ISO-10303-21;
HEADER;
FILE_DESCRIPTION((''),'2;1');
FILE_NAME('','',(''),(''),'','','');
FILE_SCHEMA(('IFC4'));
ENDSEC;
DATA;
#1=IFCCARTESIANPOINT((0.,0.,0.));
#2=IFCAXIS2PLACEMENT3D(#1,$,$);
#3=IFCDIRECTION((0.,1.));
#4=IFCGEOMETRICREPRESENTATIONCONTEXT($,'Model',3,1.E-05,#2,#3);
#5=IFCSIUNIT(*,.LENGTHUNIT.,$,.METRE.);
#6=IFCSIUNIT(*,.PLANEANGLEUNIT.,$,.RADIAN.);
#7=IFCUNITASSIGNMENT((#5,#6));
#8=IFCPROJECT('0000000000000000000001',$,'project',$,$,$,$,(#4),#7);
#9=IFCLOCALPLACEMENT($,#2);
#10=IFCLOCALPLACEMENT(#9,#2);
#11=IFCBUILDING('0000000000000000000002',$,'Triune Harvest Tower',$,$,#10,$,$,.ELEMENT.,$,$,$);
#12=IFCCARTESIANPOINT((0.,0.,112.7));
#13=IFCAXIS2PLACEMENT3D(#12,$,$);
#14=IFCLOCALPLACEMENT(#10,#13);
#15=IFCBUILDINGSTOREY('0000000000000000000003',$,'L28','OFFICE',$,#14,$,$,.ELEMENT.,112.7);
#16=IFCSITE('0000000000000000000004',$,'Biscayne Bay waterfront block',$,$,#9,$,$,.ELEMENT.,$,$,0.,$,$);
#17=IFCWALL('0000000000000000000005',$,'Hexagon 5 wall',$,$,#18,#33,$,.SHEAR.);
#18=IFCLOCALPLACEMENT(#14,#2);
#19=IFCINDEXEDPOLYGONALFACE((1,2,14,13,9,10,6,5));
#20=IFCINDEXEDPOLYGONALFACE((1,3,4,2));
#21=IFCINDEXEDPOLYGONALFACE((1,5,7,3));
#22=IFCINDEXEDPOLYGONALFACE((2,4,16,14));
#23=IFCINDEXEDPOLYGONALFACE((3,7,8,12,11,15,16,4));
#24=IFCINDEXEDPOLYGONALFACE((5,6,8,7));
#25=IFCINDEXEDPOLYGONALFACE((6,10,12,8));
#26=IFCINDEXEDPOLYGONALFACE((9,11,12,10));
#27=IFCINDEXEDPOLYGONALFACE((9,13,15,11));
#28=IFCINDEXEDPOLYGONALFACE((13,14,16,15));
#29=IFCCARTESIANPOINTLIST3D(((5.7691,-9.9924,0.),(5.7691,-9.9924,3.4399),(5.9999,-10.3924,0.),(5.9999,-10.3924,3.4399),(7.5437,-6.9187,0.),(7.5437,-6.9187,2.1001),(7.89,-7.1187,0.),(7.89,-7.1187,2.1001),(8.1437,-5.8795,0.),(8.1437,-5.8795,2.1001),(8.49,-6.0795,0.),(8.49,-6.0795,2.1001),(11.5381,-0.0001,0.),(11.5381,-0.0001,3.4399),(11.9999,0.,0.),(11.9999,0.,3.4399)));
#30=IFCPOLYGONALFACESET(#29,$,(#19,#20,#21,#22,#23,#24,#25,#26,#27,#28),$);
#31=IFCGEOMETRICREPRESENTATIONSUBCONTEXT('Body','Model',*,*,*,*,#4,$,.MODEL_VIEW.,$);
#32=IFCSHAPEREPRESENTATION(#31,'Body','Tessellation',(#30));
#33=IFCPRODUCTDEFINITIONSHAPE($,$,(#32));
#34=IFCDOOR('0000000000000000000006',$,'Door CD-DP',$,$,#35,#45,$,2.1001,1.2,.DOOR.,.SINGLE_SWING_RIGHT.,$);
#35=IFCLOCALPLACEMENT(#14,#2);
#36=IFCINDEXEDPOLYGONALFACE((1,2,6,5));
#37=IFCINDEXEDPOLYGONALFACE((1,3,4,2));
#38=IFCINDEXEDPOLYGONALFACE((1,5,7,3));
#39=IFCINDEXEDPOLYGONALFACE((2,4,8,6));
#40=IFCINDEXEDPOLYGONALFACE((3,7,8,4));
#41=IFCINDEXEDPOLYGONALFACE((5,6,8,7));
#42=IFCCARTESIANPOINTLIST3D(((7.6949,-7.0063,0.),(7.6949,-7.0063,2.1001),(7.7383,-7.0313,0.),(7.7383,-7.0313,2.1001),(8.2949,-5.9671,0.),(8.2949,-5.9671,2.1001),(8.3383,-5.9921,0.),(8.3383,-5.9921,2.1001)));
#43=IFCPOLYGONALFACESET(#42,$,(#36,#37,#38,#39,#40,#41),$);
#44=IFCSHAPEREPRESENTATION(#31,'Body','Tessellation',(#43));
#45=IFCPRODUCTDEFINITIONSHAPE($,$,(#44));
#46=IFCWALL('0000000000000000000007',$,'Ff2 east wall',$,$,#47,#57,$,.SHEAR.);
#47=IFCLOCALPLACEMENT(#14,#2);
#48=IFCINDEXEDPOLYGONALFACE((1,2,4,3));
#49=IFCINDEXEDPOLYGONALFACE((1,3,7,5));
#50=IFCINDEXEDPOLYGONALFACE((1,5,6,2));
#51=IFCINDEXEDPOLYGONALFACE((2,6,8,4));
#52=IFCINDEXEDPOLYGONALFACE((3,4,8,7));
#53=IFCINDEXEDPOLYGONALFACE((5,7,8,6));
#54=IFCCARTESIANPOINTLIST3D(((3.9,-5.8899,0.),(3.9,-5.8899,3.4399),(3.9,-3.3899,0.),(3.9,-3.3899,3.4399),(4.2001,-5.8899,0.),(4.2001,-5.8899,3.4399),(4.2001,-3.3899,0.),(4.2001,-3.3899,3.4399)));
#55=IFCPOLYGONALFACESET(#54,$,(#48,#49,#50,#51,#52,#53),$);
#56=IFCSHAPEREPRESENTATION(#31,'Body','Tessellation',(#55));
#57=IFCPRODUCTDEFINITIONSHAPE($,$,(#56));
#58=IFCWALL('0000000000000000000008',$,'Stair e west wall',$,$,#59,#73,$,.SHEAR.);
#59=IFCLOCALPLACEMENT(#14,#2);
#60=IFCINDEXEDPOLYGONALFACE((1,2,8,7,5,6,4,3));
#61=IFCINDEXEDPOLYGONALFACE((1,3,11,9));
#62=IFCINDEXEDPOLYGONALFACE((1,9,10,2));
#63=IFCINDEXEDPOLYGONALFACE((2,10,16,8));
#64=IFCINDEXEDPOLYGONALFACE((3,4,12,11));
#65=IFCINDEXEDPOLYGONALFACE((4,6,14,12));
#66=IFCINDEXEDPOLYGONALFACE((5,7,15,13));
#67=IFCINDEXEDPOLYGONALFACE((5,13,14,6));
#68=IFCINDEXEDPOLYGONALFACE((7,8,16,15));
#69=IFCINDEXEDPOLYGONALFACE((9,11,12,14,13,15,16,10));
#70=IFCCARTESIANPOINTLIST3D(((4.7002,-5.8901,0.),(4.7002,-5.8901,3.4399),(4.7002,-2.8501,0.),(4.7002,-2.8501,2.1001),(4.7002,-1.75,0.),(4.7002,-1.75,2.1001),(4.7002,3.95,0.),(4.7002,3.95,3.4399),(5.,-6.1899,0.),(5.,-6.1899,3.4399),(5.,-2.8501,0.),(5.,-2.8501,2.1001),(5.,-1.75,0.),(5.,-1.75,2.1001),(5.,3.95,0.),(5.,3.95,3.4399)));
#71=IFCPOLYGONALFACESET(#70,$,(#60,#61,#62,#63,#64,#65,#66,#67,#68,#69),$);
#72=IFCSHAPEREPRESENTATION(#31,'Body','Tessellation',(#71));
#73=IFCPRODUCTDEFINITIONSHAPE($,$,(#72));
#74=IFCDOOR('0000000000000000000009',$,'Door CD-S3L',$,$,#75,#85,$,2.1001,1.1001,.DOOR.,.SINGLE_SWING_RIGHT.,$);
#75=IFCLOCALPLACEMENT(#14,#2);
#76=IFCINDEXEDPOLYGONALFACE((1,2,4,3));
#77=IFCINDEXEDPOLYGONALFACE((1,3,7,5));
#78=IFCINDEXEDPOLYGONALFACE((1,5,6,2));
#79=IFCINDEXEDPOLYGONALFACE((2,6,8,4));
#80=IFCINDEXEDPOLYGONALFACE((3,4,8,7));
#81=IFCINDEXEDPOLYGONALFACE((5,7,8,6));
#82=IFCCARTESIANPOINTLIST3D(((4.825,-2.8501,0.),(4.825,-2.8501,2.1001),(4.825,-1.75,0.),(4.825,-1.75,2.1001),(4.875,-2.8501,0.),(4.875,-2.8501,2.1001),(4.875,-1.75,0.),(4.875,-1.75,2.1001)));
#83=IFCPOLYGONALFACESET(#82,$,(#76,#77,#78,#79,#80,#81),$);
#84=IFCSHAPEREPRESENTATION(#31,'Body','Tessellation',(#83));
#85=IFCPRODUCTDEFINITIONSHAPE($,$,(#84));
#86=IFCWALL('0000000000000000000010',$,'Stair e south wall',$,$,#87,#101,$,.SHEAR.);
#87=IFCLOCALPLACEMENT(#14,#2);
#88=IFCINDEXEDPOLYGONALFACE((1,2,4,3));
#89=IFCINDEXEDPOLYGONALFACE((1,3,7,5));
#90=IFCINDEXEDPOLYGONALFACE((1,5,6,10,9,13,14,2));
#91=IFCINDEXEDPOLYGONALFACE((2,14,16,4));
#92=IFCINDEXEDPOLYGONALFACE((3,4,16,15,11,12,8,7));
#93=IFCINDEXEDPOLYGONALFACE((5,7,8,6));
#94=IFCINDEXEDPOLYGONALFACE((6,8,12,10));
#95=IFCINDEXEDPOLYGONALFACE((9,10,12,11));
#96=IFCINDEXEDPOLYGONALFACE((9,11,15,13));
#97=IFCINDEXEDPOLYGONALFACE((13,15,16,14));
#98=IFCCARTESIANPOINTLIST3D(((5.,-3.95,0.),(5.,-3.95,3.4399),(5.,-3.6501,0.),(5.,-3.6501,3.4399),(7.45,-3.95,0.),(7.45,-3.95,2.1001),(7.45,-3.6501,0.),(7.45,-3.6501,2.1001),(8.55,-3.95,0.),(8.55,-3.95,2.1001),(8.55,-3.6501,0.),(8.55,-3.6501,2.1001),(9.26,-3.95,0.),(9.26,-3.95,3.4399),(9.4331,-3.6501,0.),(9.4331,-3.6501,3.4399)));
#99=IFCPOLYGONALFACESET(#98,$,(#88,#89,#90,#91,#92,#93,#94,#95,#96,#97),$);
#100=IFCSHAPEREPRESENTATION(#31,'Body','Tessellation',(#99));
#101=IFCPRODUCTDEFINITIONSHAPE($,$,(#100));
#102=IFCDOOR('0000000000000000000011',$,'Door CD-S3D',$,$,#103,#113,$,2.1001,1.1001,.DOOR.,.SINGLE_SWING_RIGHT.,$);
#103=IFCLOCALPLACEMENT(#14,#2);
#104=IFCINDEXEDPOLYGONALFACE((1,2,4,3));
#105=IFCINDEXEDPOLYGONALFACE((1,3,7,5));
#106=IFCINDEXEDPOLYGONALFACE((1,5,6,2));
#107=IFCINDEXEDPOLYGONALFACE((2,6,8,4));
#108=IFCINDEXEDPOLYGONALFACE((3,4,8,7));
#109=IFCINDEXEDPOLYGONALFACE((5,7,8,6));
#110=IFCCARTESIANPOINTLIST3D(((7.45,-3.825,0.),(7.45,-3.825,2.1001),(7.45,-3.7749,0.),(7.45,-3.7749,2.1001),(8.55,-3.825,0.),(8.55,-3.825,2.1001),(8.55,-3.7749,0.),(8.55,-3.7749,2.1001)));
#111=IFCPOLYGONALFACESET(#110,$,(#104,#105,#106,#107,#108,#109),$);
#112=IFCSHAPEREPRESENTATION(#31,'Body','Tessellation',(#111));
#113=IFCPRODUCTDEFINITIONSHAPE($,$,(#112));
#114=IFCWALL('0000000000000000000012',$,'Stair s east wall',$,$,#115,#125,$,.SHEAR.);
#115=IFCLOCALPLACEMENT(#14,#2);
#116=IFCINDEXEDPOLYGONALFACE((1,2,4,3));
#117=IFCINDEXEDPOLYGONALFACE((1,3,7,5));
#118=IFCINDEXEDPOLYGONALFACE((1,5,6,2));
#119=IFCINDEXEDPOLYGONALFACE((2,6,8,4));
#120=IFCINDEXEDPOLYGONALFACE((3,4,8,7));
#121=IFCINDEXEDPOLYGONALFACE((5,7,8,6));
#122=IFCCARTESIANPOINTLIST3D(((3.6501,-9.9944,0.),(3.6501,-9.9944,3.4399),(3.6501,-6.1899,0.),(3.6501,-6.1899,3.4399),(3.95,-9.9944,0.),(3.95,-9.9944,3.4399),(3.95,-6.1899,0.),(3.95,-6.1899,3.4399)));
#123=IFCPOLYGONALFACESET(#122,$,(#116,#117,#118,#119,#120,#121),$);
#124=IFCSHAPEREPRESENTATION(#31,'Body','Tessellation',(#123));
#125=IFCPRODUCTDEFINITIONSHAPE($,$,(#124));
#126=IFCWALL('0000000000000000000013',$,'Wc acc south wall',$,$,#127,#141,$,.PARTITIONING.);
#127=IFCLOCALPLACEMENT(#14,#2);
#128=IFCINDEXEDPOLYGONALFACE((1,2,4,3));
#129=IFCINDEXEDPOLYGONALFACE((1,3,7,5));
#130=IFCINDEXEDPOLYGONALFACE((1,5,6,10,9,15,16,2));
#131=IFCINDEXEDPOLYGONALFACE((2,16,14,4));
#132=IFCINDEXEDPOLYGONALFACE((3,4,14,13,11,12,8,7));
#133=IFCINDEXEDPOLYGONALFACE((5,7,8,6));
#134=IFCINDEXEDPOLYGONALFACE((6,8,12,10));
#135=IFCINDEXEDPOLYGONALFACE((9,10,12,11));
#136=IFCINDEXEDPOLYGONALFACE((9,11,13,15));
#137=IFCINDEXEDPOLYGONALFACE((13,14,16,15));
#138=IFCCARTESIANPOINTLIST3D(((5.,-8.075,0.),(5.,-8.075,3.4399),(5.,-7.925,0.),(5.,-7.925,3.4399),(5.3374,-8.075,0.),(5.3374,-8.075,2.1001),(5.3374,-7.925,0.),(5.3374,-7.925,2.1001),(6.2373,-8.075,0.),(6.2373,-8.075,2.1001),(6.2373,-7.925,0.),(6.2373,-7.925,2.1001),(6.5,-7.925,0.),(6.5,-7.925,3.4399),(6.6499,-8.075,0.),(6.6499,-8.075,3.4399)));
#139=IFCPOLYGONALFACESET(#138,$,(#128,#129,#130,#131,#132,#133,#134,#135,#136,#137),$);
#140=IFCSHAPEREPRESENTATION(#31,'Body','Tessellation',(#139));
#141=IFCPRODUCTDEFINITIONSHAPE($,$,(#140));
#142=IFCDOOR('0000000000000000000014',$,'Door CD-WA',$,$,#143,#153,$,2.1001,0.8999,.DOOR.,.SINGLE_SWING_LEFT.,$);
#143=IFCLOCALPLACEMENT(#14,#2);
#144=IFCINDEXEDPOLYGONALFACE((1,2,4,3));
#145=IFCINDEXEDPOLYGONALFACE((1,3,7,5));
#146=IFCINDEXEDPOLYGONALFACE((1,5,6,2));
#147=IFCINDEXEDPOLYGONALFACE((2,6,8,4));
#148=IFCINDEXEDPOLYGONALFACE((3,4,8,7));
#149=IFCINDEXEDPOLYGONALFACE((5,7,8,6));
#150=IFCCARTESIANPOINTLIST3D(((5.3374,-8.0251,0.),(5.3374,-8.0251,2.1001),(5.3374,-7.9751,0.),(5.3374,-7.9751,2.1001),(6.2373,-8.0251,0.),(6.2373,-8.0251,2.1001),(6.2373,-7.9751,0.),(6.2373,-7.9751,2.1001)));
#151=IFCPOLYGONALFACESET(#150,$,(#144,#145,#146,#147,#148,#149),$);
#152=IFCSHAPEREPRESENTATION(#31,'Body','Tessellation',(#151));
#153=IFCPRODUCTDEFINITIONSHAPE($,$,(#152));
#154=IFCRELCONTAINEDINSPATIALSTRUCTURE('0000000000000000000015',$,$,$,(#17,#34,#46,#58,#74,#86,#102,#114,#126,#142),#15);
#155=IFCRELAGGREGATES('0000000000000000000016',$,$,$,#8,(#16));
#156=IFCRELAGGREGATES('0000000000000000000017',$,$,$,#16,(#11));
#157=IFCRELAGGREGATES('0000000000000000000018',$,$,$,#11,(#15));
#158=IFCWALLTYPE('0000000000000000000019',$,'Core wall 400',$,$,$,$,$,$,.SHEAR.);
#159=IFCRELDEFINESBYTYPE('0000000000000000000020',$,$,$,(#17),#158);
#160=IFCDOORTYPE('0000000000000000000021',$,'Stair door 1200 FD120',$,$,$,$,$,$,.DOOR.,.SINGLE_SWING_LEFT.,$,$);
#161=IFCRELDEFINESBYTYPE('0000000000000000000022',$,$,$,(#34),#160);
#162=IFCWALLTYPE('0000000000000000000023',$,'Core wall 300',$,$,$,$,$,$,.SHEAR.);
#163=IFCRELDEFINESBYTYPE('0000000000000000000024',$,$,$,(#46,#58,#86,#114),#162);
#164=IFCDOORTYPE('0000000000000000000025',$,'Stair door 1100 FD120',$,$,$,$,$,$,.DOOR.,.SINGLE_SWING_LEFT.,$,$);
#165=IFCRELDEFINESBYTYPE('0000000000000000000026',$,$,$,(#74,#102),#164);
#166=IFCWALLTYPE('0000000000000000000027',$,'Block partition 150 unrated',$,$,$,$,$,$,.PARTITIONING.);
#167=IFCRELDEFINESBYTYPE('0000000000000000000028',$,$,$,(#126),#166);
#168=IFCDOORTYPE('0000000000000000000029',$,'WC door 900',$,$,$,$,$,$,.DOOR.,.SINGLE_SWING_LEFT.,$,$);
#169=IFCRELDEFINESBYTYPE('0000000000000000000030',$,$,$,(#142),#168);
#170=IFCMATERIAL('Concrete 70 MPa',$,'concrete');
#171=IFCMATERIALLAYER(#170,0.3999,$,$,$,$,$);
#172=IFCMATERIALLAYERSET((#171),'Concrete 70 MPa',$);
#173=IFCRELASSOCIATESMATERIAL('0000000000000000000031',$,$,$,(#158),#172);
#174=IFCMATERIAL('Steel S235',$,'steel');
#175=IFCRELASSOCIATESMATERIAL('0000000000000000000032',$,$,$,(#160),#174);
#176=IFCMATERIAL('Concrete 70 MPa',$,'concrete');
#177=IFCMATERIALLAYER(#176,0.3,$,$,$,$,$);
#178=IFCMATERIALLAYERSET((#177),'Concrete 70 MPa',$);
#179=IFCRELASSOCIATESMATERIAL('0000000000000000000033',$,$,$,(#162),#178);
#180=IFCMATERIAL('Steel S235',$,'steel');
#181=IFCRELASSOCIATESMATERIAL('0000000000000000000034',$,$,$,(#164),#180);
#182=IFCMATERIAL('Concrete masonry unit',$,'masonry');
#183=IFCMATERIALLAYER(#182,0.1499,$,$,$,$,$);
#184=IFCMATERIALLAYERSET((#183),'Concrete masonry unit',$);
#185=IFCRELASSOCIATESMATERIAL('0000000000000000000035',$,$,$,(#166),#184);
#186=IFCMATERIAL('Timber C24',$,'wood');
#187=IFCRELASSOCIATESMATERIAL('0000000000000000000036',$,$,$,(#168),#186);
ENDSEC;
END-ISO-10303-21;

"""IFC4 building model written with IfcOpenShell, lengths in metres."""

from ifc_helpers import new_model, si_unit, direction, frame, frame_2d, origin, place, context, subcontext, project, spatial, polyline, rectangle, outline, extrude, source, transform, mapped, material, layer, layer_set, type_object, element, fill, save


model = new_model("IFC4")

# Units and contexts
model_context = context("Model", 3, precision=1e-05, world=origin(), true_north=direction((0.0, 1.0)))
body_context = subcontext(model_context, "Body", "Model", "MODEL_VIEW")
ifc_project = project(units=[si_unit("LENGTHUNIT", "METRE"), si_unit("PLANEANGLEUNIT", "RADIAN")], contexts=[model_context])

# Site, building, storey
site_placement = place(None, origin())
site = spatial("IfcSite", under=ifc_project, at=site_placement, Name="Biscayne Bay waterfront block", CompositionType="ELEMENT", RefElevation=0.0)
building_placement = place(site_placement, origin())
building = spatial("IfcBuilding", under=site, at=building_placement, Name="Triune Harvest Tower", CompositionType="ELEMENT")
storey_placement = place(building_placement, frame((0.0, 0.0, 112.7)))
storey = spatial("IfcBuildingStorey", under=building, at=storey_placement, Name="L28", Description="OFFICE", CompositionType="ELEMENT", Elevation=112.7)

# Wall, opening, door
ifc_material_1 = material(Name="Concrete 70 MPa", Category="concrete")
ifc_layer_1 = layer(ifc_material_1, 0.3999)
ifc_layer_set_1 = layer_set([ifc_layer_1], Name="Concrete 70 MPa")
wall_type_1 = type_object("IfcWallType", Name="Core wall 400", PredefinedType="SHEAR", material=ifc_layer_set_1)
shared_shape_1 = source(origin(), body_context, "Body", "SweptSolid", [
    extrude(outline(polyline([(-0.1155, -0.2), (11.8845, -0.2), (11.6536, 0.2), (0.1155, 0.2), (-0.1155, -0.2)])), origin(), (0.0, 0.0, 1.0), 3.4399),
])
wall_1_placement = place(storey_placement, frame((5.8845, -10.1924, 0.0), z_axis=(0.0, 0.0, 1.0), x_axis=(0.499997, 0.866027, 0.0)))
wall_1 = element("IfcWall", 1, at=wall_1_placement, inside=storey, type_object=wall_type_1, Name="Hexagon 5 wall", PredefinedType="SHEAR", context=body_context, shape_type="MappedRepresentation", body=[
    mapped(shared_shape_1, transform((0.0, 0.0, 0.0), scale=1.0)),
])
opening_1_placement = place(wall_1_placement, frame((3.6646, 0.0, 0.0)))
opening_1 = element("IfcOpeningElement", 2, at=opening_1_placement, cuts=wall_1, PredefinedType="OPENING", context=body_context, shape_type="SweptSolid", body=[
    extrude(rectangle(XDim=1.2, YDim=2.1001, at=frame_2d((0.6001, 1.05))), frame((0.0, 0.21, 0.0), z_axis=(0.0, -1.0, 0.0), x_axis=(1.0, 0.0, 0.0)), (0.0, 0.0, 1.0), 0.4199),
])
ifc_material_2 = material(Name="Steel S235", Category="steel")
door_type_1 = type_object("IfcDoorType", Name="Stair door 1200 FD120", OperationType="SINGLE_SWING_LEFT", PredefinedType="DOOR", material=ifc_material_2)
door_1_placement = place(opening_1_placement, frame((1.2, 0.0, 0.0), z_axis=(0.0, 0.0, 1.0), x_axis=(-1.0, 0.0, 0.0)))
door_1 = element("IfcDoor", 3, at=door_1_placement, inside=storey, type_object=door_type_1, Name="Door CD-DP", OperationType="SINGLE_SWING_RIGHT", OverallHeight=2.1001, OverallWidth=1.2, PredefinedType="DOOR", context=body_context, shape_type="SweptSolid", body=[
    extrude(rectangle(XDim=1.2, YDim=2.1001, at=frame_2d((0.6001, 1.05))), frame((0.0, 0.0249, 0.0), z_axis=(0.0, -1.0, 0.0), x_axis=(1.0, 0.0, 0.0)), (0.0, 0.0, 1.0), 0.05),
])
fill(opening_1, door_1)

# Wall
ifc_material_3 = material(Name="Concrete 70 MPa", Category="concrete")
ifc_layer_2 = layer(ifc_material_3, 0.3)
ifc_layer_set_2 = layer_set([ifc_layer_2], Name="Concrete 70 MPa")
wall_type_2 = type_object("IfcWallType", Name="Core wall 300", PredefinedType="SHEAR", material=ifc_layer_set_2)
shared_shape_2 = source(origin(), body_context, "Body", "SweptSolid", [
    extrude(rectangle(XDim=2.5, YDim=0.3, at=frame_2d((1.25, 0.0))), origin(), (0.0, 0.0, 1.0), 3.4399),
])
wall_2_placement = place(storey_placement, frame((4.05, -5.8899, 0.0), z_axis=(0.0, 0.0, 1.0), x_axis=(0.0, 1.0, 0.0)))
element("IfcWall", 4, at=wall_2_placement, inside=storey, type_object=wall_type_2, Name="Ff2 east wall", PredefinedType="SHEAR", context=body_context, shape_type="MappedRepresentation", body=[
    mapped(shared_shape_2, transform((0.0, 0.0, 0.0), scale=1.0)),
])

# Walls, openings, doors
shared_shape_3 = source(origin(), body_context, "Body", "SweptSolid", [
    extrude(outline(polyline([(-0.1499, -0.1499), (9.99, -0.1499), (9.99, 0.1499), (0.1499, 0.1499), (-0.1499, -0.1499)])), origin(), (0.0, 0.0, 1.0), 3.4399),
])
wall_3_placement = place(storey_placement, frame((4.8501, -6.04, 0.0), z_axis=(0.0, 0.0, 1.0), x_axis=(0.0, 1.0, 0.0)))
wall_3 = element("IfcWall", 5, at=wall_3_placement, inside=storey, type_object=wall_type_2, Name="Stair e west wall", PredefinedType="SHEAR", context=body_context, shape_type="MappedRepresentation", body=[
    mapped(shared_shape_3, transform((0.0, 0.0, 0.0), scale=1.0)),
])
opening_2_placement = place(wall_3_placement, frame((3.1899, 0.0, 0.0)))
opening_2 = element("IfcOpeningElement", 6, at=opening_2_placement, cuts=wall_3, PredefinedType="OPENING", context=body_context, shape_type="SweptSolid", body=[
    extrude(rectangle(XDim=1.1001, YDim=2.1001, at=frame_2d((0.55, 1.05))), frame((0.0, 0.1602, 0.0), z_axis=(0.0, -1.0, 0.0), x_axis=(1.0, 0.0, 0.0)), (0.0, 0.0, 1.0), 0.3201),
])
ifc_material_4 = material(Name="Steel S235", Category="steel")
door_type_2 = type_object("IfcDoorType", Name="Stair door 1100 FD120", OperationType="SINGLE_SWING_LEFT", PredefinedType="DOOR", material=ifc_material_4)
door_2_placement = place(opening_2_placement, frame((1.1001, 0.0, 0.0), z_axis=(0.0, 0.0, 1.0), x_axis=(-1.0, 0.0, 0.0)))
door_2 = element("IfcDoor", 7, at=door_2_placement, inside=storey, type_object=door_type_2, Name="Door CD-S3L", OperationType="SINGLE_SWING_RIGHT", OverallHeight=2.1001, OverallWidth=1.1001, PredefinedType="DOOR", context=body_context, shape_type="SweptSolid", body=[
    extrude(rectangle(XDim=1.1001, YDim=2.1001, at=frame_2d((0.55, 1.05))), frame((0.0, 0.0249, 0.0), z_axis=(0.0, -1.0, 0.0), x_axis=(1.0, 0.0, 0.0)), (0.0, 0.0, 1.0), 0.05),
])
fill(opening_2, door_2)
shared_shape_4 = source(origin(), body_context, "Body", "SweptSolid", [
    extrude(outline(polyline([(0.0, -0.1499), (0.0, 0.1499), (4.4331, 0.1499), (4.26, -0.1499), (0.0, -0.1499)])), origin(), (0.0, 0.0, 1.0), 3.4399),
])
wall_4_placement = place(storey_placement, frame((5.0, -3.8, 0.0), z_axis=(0.0, 0.0, 1.0), x_axis=(1.0, 0.0, 0.0)))
wall_4 = element("IfcWall", 8, at=wall_4_placement, inside=storey, type_object=wall_type_2, Name="Stair e south wall", PredefinedType="SHEAR", context=body_context, shape_type="MappedRepresentation", body=[
    mapped(shared_shape_4, transform((0.0, 0.0, 0.0), scale=1.0)),
])
opening_3_placement = place(wall_4_placement, frame((2.45, 0.0, 0.0)))
opening_3 = element("IfcOpeningElement", 9, at=opening_3_placement, cuts=wall_4, PredefinedType="OPENING", context=body_context, shape_type="SweptSolid", body=[
    extrude(rectangle(XDim=1.1001, YDim=2.1001, at=frame_2d((0.55, 1.05))), frame((0.0, 0.1602, 0.0), z_axis=(0.0, -1.0, 0.0), x_axis=(1.0, 0.0, 0.0)), (0.0, 0.0, 1.0), 0.3201),
])
door_3_placement = place(opening_3_placement, frame((1.1001, 0.0, 0.0), z_axis=(0.0, 0.0, 1.0), x_axis=(-1.0, 0.0, 0.0)))
door_3 = element("IfcDoor", 10, at=door_3_placement, inside=storey, type_object=door_type_2, Name="Door CD-S3D", OperationType="SINGLE_SWING_RIGHT", OverallHeight=2.1001, OverallWidth=1.1001, PredefinedType="DOOR", context=body_context, shape_type="SweptSolid", body=[
    extrude(rectangle(XDim=1.1001, YDim=2.1001, at=frame_2d((0.55, 1.05))), frame((0.0, 0.0249, 0.0), z_axis=(0.0, -1.0, 0.0), x_axis=(1.0, 0.0, 0.0)), (0.0, 0.0, 1.0), 0.05),
])
fill(opening_3, door_3)

# Wall
shared_shape_5 = source(origin(), body_context, "Body", "SweptSolid", [
    extrude(outline(polyline([(3.8, -0.1499), (-0.0044, -0.1499), (-0.0044, 0.1499), (3.8, 0.1499), (3.8, -0.1499)])), origin(), (0.0, 0.0, 1.0), 3.4399),
])
wall_5_placement = place(storey_placement, frame((3.8, -9.99, 0.0), z_axis=(0.0, 0.0, 1.0), x_axis=(0.0, 1.0, 0.0)))
element("IfcWall", 11, at=wall_5_placement, inside=storey, type_object=wall_type_2, Name="Stair s east wall", PredefinedType="SHEAR", context=body_context, shape_type="MappedRepresentation", body=[
    mapped(shared_shape_5, transform((0.0, 0.0, 0.0), scale=1.0)),
])

# Wall, opening, door
ifc_material_5 = material(Name="Concrete masonry unit", Category="masonry")
ifc_layer_3 = layer(ifc_material_5, 0.1499)
ifc_layer_set_3 = layer_set([ifc_layer_3], Name="Concrete masonry unit")
wall_type_3 = type_object("IfcWallType", Name="Block partition 150 unrated", PredefinedType="PARTITIONING", material=ifc_layer_set_3)
shared_shape_6 = source(origin(), body_context, "Body", "SweptSolid", [
    extrude(outline(polyline([(0.0, -0.075), (1.6499, -0.075), (1.5, 0.075), (0.0, 0.075), (0.0, -0.075)])), origin(), (0.0, 0.0, 1.0), 3.4399),
])
wall_6_placement = place(storey_placement, frame((5.0, -8.0, 0.0), z_axis=(0.0, 0.0, 1.0), x_axis=(1.0, 0.0, 0.0)))
wall_6 = element("IfcWall", 12, at=wall_6_placement, inside=storey, type_object=wall_type_3, Name="Wc acc south wall", PredefinedType="PARTITIONING", context=body_context, shape_type="MappedRepresentation", body=[
    mapped(shared_shape_6, transform((0.0, 0.0, 0.0), scale=1.0)),
])
opening_4_placement = place(wall_6_placement, frame((0.3374, 0.0, 0.0)))
opening_4 = element("IfcOpeningElement", 13, at=opening_4_placement, cuts=wall_6, PredefinedType="OPENING", context=body_context, shape_type="SweptSolid", body=[
    extrude(rectangle(XDim=0.8999, YDim=2.1001, at=frame_2d((0.45, 1.05))), frame((0.0, 0.085, 0.0), z_axis=(0.0, -1.0, 0.0), x_axis=(1.0, 0.0, 0.0)), (0.0, 0.0, 1.0), 0.1699),
])
ifc_material_6 = material(Name="Timber C24", Category="wood")
door_type_3 = type_object("IfcDoorType", Name="WC door 900", OperationType="SINGLE_SWING_LEFT", PredefinedType="DOOR", material=ifc_material_6)
door_4_placement = place(opening_4_placement, origin())
door_4 = element("IfcDoor", 14, at=door_4_placement, inside=storey, type_object=door_type_3, Name="Door CD-WA", OperationType="SINGLE_SWING_LEFT", OverallHeight=2.1001, OverallWidth=0.8999, PredefinedType="DOOR", context=body_context, shape_type="SweptSolid", body=[
    extrude(rectangle(XDim=0.8999, YDim=2.1001, at=frame_2d((0.45, 1.05))), frame((0.0, 0.0249, 0.0), z_axis=(0.0, -1.0, 0.0), x_axis=(1.0, 0.0, 0.0)), (0.0, 0.0, 1.0), 0.05),
])
fill(opening_4, door_4)

save(model, "model.ifc")
